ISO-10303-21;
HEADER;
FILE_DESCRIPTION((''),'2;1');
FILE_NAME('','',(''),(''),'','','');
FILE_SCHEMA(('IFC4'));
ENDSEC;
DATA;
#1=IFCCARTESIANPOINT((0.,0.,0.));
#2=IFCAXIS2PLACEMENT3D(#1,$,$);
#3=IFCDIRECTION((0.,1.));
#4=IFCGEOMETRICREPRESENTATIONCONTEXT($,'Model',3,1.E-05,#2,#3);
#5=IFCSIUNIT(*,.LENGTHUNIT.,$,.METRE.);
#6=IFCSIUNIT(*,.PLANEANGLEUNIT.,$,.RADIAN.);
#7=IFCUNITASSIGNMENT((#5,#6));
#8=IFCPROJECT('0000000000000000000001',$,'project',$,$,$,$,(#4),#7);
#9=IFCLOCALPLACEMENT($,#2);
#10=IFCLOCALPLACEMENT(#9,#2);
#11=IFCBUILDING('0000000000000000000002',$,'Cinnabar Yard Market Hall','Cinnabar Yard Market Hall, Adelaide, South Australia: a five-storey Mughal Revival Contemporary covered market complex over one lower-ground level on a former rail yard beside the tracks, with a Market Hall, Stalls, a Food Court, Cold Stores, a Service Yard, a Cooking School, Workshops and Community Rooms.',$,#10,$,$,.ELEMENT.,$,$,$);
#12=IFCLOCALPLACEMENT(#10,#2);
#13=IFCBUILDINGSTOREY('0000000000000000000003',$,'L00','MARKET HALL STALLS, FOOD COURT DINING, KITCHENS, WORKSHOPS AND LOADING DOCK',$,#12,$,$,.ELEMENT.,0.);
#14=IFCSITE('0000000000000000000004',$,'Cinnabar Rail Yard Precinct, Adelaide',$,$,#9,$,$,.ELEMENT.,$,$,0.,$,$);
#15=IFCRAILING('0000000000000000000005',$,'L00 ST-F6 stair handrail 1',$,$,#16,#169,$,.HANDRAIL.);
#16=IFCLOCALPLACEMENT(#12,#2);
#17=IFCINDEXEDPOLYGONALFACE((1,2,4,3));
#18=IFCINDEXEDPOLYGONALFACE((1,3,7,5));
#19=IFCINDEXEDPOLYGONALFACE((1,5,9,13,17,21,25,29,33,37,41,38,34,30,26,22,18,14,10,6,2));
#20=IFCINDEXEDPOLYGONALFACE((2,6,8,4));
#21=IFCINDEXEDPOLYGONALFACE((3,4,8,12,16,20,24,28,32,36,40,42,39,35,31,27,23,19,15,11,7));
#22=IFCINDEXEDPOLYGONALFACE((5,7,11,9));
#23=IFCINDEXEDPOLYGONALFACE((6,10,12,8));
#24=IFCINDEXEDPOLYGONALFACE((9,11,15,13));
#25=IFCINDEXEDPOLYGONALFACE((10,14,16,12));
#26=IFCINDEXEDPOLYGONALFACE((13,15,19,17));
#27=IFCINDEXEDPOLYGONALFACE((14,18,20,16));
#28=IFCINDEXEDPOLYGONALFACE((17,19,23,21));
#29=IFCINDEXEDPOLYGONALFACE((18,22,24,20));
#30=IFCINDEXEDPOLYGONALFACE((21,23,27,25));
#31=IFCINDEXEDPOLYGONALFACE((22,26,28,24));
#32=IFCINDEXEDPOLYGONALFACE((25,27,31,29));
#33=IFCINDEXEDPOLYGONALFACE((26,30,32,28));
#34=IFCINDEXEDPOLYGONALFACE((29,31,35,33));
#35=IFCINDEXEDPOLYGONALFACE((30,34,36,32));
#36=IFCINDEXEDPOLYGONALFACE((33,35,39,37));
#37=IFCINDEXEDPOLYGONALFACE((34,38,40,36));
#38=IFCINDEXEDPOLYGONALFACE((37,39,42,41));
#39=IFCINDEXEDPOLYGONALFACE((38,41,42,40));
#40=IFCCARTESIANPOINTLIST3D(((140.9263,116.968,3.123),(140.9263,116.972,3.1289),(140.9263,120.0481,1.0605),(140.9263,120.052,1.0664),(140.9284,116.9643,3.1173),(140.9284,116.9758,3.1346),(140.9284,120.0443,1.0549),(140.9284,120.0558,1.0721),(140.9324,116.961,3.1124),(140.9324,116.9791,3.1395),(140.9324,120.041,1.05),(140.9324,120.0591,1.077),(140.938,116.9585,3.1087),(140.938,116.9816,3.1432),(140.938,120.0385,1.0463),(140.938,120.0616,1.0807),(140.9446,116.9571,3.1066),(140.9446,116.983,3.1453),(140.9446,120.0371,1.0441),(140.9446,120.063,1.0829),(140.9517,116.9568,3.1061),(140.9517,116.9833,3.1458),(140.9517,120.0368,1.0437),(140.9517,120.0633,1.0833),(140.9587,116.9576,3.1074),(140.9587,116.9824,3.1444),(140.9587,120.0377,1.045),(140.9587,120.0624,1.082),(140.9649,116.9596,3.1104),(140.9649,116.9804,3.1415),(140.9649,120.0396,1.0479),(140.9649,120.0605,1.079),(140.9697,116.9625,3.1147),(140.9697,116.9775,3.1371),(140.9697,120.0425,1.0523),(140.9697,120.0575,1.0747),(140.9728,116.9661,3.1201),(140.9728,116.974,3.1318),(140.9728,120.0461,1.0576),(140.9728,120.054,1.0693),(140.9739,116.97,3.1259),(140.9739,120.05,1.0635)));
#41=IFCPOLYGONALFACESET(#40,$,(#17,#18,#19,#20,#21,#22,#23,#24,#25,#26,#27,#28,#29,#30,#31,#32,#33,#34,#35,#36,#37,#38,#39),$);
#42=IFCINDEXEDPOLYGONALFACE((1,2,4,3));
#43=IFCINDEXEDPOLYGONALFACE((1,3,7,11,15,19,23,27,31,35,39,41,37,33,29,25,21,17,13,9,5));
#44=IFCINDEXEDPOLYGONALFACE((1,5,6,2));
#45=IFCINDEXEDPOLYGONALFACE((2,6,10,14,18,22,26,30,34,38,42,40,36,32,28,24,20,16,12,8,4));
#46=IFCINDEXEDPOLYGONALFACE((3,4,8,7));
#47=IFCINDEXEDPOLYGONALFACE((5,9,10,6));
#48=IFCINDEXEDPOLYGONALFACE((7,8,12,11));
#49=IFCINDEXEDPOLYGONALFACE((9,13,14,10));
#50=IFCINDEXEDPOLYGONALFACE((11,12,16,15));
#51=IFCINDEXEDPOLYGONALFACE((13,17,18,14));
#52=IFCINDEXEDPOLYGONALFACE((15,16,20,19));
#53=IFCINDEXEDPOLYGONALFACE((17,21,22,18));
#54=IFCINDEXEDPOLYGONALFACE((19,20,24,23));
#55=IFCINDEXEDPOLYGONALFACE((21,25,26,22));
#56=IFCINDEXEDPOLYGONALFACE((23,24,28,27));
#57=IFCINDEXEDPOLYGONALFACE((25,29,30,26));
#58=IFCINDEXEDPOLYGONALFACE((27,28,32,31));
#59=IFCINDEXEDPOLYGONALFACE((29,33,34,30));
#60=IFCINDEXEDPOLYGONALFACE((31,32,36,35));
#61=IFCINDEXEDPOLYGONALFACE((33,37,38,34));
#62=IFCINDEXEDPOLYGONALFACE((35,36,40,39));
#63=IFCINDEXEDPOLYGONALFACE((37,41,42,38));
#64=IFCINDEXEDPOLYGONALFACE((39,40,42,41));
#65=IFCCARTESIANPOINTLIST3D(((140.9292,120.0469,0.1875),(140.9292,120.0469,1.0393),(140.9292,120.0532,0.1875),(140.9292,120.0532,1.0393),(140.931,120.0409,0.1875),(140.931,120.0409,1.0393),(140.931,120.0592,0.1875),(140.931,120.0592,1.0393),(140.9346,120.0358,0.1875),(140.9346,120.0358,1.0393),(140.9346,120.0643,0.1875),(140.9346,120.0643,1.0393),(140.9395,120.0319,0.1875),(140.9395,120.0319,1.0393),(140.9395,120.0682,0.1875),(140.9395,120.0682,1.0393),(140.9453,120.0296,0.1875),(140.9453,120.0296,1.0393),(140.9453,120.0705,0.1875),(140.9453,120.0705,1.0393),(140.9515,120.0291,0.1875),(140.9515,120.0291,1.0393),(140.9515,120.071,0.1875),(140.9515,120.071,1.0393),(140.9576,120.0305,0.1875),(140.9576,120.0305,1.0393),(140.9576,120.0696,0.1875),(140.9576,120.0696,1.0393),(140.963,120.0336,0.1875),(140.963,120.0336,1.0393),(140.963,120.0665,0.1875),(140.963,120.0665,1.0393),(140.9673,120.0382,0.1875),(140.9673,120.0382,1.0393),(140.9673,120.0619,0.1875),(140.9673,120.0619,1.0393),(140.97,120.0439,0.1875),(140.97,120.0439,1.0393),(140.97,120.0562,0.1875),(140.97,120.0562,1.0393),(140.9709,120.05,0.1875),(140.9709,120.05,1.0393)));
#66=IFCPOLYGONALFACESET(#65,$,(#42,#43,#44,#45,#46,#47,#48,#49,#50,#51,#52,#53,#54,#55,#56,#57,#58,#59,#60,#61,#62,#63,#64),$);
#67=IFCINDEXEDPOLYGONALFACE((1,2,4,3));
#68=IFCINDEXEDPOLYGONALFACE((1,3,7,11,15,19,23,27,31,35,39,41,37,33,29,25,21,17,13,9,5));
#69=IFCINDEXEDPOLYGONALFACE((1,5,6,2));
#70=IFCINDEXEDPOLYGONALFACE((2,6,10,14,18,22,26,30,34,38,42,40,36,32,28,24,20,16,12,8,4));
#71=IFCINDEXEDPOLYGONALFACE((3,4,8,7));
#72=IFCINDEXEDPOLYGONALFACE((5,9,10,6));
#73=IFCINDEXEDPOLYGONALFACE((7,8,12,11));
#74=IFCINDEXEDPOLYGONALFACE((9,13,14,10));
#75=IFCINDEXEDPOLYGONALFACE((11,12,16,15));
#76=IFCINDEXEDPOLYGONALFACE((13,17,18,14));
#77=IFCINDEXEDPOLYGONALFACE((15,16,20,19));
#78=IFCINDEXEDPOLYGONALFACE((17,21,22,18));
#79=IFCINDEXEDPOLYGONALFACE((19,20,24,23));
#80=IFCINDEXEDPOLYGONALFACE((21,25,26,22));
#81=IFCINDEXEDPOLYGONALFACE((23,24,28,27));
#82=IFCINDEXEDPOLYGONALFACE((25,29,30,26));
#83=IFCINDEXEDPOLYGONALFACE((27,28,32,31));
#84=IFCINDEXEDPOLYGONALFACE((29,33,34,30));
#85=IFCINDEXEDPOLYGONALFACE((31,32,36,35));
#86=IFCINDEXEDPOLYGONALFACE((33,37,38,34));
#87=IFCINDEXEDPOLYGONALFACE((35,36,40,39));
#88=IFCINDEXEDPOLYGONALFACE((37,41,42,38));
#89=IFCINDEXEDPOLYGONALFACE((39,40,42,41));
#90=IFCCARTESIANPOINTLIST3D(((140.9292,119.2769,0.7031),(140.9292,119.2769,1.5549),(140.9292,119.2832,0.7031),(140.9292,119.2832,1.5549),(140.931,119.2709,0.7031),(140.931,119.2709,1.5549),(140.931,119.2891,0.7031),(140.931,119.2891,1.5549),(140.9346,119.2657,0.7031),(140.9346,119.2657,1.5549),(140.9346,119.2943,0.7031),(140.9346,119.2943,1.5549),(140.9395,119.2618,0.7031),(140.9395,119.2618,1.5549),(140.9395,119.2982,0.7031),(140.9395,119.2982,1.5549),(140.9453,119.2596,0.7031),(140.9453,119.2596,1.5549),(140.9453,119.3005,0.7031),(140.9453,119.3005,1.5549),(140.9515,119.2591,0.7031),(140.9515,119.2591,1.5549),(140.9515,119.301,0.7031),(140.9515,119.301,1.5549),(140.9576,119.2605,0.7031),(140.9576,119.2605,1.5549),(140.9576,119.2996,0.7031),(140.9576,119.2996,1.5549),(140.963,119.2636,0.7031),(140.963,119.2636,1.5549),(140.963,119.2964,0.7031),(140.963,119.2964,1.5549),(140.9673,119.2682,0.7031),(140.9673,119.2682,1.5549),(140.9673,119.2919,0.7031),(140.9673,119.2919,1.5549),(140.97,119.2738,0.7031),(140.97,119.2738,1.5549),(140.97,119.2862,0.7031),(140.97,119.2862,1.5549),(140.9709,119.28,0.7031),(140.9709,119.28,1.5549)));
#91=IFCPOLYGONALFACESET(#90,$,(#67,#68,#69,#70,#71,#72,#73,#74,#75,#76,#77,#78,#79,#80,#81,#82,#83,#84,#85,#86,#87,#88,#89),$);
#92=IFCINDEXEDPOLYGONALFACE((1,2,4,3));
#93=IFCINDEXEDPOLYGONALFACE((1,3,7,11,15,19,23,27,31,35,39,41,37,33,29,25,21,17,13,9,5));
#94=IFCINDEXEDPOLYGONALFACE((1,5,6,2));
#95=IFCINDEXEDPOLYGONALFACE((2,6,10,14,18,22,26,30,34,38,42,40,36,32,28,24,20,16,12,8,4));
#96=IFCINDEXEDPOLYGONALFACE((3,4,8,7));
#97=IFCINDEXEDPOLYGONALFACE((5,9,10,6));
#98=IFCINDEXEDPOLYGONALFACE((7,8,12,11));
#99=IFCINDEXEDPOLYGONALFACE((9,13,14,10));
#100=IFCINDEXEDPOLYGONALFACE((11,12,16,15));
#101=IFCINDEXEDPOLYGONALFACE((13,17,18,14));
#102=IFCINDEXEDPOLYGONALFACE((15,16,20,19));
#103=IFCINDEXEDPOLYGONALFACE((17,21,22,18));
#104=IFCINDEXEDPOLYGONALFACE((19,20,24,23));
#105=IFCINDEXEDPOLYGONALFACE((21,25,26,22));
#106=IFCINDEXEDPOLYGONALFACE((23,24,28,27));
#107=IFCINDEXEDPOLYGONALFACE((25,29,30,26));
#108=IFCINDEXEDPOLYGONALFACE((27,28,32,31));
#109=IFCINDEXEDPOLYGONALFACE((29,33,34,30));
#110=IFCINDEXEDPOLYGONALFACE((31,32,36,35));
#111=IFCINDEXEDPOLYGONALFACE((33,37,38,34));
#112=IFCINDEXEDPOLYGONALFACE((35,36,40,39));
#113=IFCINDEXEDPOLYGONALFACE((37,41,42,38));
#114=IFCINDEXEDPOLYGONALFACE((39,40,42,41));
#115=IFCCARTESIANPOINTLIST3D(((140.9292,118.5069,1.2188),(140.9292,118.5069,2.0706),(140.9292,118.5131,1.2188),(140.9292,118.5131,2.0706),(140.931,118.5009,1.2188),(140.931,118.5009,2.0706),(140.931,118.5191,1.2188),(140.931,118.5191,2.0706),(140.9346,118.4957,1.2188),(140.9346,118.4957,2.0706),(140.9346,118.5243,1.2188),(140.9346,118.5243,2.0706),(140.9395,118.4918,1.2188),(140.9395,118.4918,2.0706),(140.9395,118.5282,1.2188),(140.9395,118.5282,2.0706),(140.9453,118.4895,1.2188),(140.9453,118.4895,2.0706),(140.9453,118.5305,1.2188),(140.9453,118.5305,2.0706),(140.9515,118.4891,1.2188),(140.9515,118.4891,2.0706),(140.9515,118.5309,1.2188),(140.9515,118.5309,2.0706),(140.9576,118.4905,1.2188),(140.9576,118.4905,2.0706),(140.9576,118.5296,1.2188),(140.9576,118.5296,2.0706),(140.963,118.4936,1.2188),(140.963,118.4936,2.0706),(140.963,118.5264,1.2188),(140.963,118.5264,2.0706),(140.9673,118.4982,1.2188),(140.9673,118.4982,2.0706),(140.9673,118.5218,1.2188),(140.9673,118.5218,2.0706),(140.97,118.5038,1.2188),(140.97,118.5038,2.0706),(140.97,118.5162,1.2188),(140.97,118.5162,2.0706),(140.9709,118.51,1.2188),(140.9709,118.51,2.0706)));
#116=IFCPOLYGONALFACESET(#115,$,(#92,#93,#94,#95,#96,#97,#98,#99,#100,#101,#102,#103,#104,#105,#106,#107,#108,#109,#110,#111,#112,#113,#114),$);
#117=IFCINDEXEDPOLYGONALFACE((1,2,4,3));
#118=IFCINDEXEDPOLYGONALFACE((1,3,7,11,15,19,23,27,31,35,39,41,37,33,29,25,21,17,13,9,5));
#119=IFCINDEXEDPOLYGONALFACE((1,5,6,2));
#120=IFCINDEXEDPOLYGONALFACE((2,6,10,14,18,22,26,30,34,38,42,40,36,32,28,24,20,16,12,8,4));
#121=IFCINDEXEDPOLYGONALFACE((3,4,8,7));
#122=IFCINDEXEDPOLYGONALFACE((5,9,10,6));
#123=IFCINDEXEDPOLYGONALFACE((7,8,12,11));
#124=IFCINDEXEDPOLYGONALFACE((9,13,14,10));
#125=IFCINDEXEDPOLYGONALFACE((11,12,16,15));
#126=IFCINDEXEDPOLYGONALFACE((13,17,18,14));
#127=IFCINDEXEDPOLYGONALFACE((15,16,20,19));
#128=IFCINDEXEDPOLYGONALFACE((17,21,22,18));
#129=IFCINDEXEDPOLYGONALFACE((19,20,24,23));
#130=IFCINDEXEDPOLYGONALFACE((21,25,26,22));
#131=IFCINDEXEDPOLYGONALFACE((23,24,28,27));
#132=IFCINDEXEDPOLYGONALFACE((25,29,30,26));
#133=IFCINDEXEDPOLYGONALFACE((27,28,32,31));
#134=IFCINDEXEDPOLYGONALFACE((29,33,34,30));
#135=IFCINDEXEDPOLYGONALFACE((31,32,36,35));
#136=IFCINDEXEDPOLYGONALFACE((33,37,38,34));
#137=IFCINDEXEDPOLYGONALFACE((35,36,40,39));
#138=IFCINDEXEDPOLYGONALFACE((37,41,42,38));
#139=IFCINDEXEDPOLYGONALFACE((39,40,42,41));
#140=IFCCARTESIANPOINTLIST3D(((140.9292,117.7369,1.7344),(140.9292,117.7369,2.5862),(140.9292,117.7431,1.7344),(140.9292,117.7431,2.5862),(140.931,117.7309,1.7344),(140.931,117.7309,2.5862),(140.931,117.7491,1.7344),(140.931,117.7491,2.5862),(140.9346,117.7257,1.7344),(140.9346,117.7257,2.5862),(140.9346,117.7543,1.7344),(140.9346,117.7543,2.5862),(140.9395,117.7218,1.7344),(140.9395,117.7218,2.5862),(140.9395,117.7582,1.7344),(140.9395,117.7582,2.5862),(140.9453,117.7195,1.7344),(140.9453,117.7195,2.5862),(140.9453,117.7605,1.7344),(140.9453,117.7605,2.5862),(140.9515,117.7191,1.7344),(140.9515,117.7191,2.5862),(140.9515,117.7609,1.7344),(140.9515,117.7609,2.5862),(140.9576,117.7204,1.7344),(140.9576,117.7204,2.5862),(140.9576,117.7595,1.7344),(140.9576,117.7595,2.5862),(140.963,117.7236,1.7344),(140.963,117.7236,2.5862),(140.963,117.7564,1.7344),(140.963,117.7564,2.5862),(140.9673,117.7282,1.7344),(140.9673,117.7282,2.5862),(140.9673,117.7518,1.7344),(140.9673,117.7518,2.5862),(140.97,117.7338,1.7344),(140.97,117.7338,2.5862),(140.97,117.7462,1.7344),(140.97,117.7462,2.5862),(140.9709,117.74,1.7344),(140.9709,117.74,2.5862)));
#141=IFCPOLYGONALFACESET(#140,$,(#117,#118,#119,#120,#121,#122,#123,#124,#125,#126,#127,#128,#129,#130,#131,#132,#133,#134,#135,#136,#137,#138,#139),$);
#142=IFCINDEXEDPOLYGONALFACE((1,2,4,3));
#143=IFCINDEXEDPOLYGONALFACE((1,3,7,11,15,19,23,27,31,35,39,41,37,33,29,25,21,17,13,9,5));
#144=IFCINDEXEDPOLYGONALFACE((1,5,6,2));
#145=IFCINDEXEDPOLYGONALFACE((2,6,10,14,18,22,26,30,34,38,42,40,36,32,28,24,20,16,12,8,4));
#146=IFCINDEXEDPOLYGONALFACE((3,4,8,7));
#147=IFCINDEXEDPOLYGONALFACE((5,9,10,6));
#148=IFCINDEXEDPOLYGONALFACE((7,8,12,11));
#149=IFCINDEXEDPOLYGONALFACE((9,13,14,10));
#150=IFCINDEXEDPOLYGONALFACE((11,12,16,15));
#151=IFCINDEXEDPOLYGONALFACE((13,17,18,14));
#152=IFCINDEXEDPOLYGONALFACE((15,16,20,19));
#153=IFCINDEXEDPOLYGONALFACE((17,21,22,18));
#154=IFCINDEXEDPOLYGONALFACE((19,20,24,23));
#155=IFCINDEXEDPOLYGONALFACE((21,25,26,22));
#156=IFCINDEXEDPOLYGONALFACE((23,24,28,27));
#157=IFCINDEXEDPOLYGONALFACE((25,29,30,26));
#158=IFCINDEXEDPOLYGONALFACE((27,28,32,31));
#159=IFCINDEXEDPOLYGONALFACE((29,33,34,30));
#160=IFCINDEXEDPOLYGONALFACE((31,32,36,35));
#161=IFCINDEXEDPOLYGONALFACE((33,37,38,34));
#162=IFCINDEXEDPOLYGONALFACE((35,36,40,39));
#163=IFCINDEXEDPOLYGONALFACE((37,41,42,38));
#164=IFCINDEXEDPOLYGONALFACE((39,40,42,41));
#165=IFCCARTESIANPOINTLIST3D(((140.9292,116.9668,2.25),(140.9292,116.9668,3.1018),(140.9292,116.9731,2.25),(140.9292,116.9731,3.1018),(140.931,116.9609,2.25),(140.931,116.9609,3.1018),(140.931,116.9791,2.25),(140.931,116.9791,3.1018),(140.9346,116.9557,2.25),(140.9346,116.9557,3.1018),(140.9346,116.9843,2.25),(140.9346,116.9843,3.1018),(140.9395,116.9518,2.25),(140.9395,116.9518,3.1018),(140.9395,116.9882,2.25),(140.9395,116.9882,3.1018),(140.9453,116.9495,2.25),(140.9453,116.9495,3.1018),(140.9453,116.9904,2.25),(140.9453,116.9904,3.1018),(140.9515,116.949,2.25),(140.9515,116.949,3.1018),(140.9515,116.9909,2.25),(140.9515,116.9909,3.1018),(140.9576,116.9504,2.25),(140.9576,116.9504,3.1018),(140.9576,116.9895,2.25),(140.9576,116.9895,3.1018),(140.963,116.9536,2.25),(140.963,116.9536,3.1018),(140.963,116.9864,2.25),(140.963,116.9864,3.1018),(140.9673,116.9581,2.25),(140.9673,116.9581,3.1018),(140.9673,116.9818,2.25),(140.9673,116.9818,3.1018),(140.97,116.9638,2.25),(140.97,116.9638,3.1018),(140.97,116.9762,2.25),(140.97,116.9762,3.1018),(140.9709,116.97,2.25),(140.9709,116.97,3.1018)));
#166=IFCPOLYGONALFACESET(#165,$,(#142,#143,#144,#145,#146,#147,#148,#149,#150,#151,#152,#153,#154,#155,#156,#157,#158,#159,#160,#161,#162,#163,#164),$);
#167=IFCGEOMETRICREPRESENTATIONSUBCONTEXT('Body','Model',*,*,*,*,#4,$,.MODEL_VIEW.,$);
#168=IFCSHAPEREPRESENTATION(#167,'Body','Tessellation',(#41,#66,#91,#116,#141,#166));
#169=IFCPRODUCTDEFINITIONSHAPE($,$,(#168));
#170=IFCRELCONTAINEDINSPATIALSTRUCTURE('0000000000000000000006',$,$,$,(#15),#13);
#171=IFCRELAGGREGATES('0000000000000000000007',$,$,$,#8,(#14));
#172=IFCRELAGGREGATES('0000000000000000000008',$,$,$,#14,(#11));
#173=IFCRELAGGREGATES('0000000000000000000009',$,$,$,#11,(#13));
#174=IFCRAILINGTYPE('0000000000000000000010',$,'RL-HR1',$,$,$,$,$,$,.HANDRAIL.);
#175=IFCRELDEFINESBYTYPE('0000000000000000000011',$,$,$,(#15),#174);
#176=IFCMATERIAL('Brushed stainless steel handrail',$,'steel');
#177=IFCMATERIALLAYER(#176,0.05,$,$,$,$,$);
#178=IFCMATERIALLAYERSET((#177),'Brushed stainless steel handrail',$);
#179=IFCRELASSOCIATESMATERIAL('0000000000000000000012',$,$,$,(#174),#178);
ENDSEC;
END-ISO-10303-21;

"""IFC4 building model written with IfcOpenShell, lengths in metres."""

from ifc_helpers import new_model, si_unit, direction, frame, origin, origin_2d_with_axis, place, context, subcontext, project, spatial, circle, extrude, material, layer, layer_set, type_object, element, save


model = new_model("IFC4")

# Units and contexts
model_context = context("Model", 3, precision=1e-05, world=origin(), true_north=direction((0.0, 1.0)))
body_context = subcontext(model_context, "Body", "Model", "MODEL_VIEW")
ifc_project = project(units=[si_unit("LENGTHUNIT", "METRE"), si_unit("PLANEANGLEUNIT", "RADIAN")], contexts=[model_context])

# Site, building, storey
site_placement = place(None, origin())
site = spatial("IfcSite", under=ifc_project, at=site_placement, Name="Cinnabar Rail Yard Precinct, Adelaide", CompositionType="ELEMENT", RefElevation=0.0)
building_placement = place(site_placement, origin())
building = spatial("IfcBuilding", under=site, at=building_placement, Name="Cinnabar Yard Market Hall", Description="Cinnabar Yard Market Hall, Adelaide, South Australia: a five-storey Mughal Revival Contemporary covered market complex over one lower-ground level on a former rail yard beside the tracks, with a Market Hall, Stalls, a Food Court, Cold Stores, a Service Yard, a Cooking School, Workshops and Community Rooms.", CompositionType="ELEMENT")
storey_placement = place(building_placement, origin())
storey = spatial("IfcBuildingStorey", under=building, at=storey_placement, Name="L00", Description="MARKET HALL STALLS, FOOD COURT DINING, KITCHENS, WORKSHOPS AND LOADING DOCK", CompositionType="ELEMENT", Elevation=0.0)

# Railing
ifc_material_1 = material(Name="Brushed stainless steel handrail", Category="steel")
ifc_layer_1 = layer(ifc_material_1, 0.05)
ifc_layer_set_1 = layer_set([ifc_layer_1], Name="Brushed stainless steel handrail")
railing_type_1 = type_object("IfcRailingType", Name="RL-HR1", PredefinedType="HANDRAIL", material=ifc_layer_set_1)
railing_1_placement = place(storey_placement, frame((140.95, 120.05, 0.1875)))
element("IfcRailing", 1, at=railing_1_placement, inside=storey, type_object=railing_type_1, Name="L00 ST-F6 stair handrail 1", PredefinedType="HANDRAIL", context=body_context, shape_type="SweptSolid", body=[
    extrude(circle(Radius=0.0239, at=origin_2d_with_axis()), frame((0.0, 0.0, 0.876), z_axis=(0.0, -0.830914, 0.556401), x_axis=(1.0, 0.0, 0.0)), (0.0, 0.0, 1.0), 3.7068),
    extrude(circle(Radius=0.021, at=origin_2d_with_axis()), origin(), (0.0, 0.0, 1.0), 0.8518),
    extrude(circle(Radius=0.021, at=origin_2d_with_axis()), frame((0.0, -0.77, 0.5156)), (0.0, 0.0, 1.0), 0.8518),
    extrude(circle(Radius=0.021, at=origin_2d_with_axis()), frame((0.0, -1.54, 1.0312)), (0.0, 0.0, 1.0), 0.8518),
    extrude(circle(Radius=0.021, at=origin_2d_with_axis()), frame((0.0, -2.3101, 1.5469)), (0.0, 0.0, 1.0), 0.8518),
    extrude(circle(Radius=0.021, at=origin_2d_with_axis()), frame((0.0, -3.0801, 2.0625)), (0.0, 0.0, 1.0), 0.8518),
])

save(model, "model.ifc")
